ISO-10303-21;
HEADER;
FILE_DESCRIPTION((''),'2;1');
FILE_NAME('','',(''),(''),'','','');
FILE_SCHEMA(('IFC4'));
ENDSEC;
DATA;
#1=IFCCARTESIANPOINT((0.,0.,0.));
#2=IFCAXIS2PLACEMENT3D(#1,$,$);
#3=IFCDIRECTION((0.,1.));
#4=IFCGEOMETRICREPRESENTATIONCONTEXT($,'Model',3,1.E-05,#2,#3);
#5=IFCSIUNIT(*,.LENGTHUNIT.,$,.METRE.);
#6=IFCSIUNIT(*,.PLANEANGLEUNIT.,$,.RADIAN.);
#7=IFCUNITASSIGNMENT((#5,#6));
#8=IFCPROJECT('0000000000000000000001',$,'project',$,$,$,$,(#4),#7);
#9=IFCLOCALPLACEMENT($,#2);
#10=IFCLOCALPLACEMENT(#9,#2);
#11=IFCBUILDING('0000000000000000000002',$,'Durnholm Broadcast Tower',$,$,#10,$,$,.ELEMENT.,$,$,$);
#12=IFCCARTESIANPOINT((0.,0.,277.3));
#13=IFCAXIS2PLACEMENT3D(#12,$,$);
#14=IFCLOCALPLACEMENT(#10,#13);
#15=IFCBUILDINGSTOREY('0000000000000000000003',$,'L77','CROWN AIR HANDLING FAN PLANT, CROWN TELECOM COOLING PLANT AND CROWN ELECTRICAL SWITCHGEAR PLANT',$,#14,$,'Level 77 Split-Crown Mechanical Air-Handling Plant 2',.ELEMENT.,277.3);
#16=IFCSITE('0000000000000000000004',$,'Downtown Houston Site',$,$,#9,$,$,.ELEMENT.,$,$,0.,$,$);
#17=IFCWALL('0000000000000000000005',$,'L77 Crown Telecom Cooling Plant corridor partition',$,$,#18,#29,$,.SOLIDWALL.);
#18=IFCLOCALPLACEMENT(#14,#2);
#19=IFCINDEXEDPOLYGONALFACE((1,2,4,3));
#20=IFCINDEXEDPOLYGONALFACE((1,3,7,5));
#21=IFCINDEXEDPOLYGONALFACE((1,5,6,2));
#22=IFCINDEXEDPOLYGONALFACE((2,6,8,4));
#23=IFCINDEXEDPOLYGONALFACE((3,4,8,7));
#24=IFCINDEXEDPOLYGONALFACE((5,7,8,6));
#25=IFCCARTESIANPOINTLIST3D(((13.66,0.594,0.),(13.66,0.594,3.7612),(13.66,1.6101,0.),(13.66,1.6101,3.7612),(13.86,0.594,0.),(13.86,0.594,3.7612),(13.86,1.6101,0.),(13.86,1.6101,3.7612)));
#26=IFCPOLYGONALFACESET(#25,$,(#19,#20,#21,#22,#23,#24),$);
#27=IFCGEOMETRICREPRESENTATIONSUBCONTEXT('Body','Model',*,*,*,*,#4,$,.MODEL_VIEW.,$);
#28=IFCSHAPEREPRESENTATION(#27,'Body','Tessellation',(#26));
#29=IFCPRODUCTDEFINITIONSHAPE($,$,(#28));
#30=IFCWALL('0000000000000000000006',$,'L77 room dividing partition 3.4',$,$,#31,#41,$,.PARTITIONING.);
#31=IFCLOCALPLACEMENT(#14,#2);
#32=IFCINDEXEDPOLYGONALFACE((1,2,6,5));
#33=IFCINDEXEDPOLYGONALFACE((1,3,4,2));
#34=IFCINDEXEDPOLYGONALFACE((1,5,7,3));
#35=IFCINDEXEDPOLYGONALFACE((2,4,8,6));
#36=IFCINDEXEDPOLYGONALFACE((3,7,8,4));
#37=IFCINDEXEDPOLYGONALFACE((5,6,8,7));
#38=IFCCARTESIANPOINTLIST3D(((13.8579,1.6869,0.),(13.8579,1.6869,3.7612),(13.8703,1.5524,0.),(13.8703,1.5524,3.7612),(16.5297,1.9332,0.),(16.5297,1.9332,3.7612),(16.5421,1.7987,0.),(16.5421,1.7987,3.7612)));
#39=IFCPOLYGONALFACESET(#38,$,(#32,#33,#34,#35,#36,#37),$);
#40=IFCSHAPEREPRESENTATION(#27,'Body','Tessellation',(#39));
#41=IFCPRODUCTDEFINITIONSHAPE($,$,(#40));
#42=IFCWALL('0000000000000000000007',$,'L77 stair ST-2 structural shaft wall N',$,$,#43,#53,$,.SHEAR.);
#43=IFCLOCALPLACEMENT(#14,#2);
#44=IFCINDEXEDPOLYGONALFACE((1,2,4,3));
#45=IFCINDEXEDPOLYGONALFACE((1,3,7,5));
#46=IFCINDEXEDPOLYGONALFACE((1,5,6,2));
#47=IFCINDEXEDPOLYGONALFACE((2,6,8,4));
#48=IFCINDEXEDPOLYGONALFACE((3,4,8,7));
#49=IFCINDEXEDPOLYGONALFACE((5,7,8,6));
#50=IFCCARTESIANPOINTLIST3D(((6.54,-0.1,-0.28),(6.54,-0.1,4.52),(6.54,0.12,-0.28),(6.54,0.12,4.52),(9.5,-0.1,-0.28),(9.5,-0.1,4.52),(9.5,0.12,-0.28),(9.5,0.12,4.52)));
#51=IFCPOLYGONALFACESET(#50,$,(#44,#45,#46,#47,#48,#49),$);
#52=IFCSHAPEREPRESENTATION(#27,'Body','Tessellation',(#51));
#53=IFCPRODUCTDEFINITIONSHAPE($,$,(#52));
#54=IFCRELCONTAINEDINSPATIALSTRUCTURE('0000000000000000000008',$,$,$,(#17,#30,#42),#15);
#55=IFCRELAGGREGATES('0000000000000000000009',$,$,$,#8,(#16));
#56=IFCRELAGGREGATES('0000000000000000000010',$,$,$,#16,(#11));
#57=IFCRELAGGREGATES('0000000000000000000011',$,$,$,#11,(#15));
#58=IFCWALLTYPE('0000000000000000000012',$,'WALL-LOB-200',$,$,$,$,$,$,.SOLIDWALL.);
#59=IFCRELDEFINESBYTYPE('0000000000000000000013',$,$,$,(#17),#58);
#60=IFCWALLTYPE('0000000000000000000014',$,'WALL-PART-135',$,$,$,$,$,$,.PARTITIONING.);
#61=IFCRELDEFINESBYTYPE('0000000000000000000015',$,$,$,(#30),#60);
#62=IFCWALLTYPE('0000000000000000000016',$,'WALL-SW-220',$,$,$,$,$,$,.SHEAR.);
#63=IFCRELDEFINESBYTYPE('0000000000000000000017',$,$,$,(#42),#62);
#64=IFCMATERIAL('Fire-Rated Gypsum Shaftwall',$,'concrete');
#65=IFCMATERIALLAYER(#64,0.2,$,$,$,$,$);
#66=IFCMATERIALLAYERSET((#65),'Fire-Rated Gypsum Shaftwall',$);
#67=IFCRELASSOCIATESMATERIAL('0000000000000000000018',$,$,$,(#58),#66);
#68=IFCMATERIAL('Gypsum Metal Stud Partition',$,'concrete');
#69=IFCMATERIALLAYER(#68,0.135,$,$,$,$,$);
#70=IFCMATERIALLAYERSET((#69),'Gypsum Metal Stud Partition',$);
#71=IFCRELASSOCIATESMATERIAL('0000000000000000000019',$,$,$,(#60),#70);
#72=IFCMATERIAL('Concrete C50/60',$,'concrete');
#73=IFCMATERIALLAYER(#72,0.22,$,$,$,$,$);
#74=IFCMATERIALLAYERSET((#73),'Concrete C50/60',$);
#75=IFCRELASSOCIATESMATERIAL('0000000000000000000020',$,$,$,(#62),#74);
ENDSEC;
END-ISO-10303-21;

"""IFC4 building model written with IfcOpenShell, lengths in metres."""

from ifc_helpers import new_model, si_unit, direction, frame, frame_2d, origin, place, context, subcontext, project, spatial, rectangle, extrude, material, layer, layer_set, type_object, element, save


model = new_model("IFC4")

# Units and contexts
model_context = context("Model", 3, precision=1e-05, world=origin(), true_north=direction((0.0, 1.0)))
body_context = subcontext(model_context, "Body", "Model", "MODEL_VIEW")
ifc_project = project(units=[si_unit("LENGTHUNIT", "METRE"), si_unit("PLANEANGLEUNIT", "RADIAN")], contexts=[model_context])

# Site, building, storey
site_placement = place(None, origin())
site = spatial("IfcSite", under=ifc_project, at=site_placement, Name="Downtown Houston Site", CompositionType="ELEMENT", RefElevation=0.0)
building_placement = place(site_placement, origin())
building = spatial("IfcBuilding", under=site, at=building_placement, Name="Durnholm Broadcast Tower", CompositionType="ELEMENT")
storey_placement = place(building_placement, frame((0.0, 0.0, 277.3)))
storey = spatial("IfcBuildingStorey", under=building, at=storey_placement, Name="L77", Description="CROWN AIR HANDLING FAN PLANT, CROWN TELECOM COOLING PLANT AND CROWN ELECTRICAL SWITCHGEAR PLANT", LongName="Level 77 Split-Crown Mechanical Air-Handling Plant 2", CompositionType="ELEMENT", Elevation=277.3)

# Shared definitions
ifc_material_1 = material(Name="Fire-Rated Gypsum Shaftwall", Category="concrete")
ifc_layer_1 = layer(ifc_material_1, 0.2)
ifc_layer_set_1 = layer_set([ifc_layer_1], Name="Fire-Rated Gypsum Shaftwall")
wall_type_1 = type_object("IfcWallType", Name="WALL-LOB-200", PredefinedType="SOLIDWALL", material=ifc_layer_set_1)

# Walls
wall_1_placement = place(storey_placement, frame((13.76, 0.594, 0.0), z_axis=(0.0, 0.0, 1.0), x_axis=(0.0, 1.0, 0.0)))
element("IfcWall", 1, at=wall_1_placement, inside=storey, type_object=wall_type_1, Name="L77 Crown Telecom Cooling Plant corridor partition", PredefinedType="SOLIDWALL", context=body_context, shape_type="SweptSolid", body=[
    extrude(rectangle(XDim=1.0161, YDim=0.2, at=frame_2d((0.5081, 0.0))), origin(), (0.0, 0.0, 1.0), 3.7612),
])
ifc_material_2 = material(Name="Gypsum Metal Stud Partition", Category="concrete")
ifc_layer_2 = layer(ifc_material_2, 0.135)
ifc_layer_set_2 = layer_set([ifc_layer_2], Name="Gypsum Metal Stud Partition")
wall_type_2 = type_object("IfcWallType", Name="WALL-PART-135", PredefinedType="PARTITIONING", material=ifc_layer_set_2)
wall_2_placement = place(storey_placement, frame((16.5359, 1.866, 0.0), z_axis=(0.0, 0.0, 1.0), x_axis=(-0.995777, -0.091807, 0.0)))
element("IfcWall", 2, at=wall_2_placement, inside=storey, type_object=wall_type_2, Name="L77 room dividing partition 3.4", PredefinedType="PARTITIONING", context=body_context, shape_type="SweptSolid", body=[
    extrude(rectangle(XDim=2.6831, YDim=0.135, at=frame_2d((1.3416, 0.0))), origin(), (0.0, 0.0, 1.0), 3.7612),
])
ifc_material_3 = material(Name="Concrete C50/60", Category="concrete")
ifc_layer_3 = layer(ifc_material_3, 0.22)
ifc_layer_set_3 = layer_set([ifc_layer_3], Name="Concrete C50/60")
wall_type_3 = type_object("IfcWallType", Name="WALL-SW-220", PredefinedType="SHEAR", material=ifc_layer_set_3)
wall_3_placement = place(storey_placement, frame((9.5, 0.01, -0.28), z_axis=(0.0, 0.0, 1.0), x_axis=(-1.0, 0.0, 0.0)))
element("IfcWall", 3, at=wall_3_placement, inside=storey, type_object=wall_type_3, Name="L77 stair ST-2 structural shaft wall N", PredefinedType="SHEAR", context=body_context, shape_type="SweptSolid", body=[
    extrude(rectangle(XDim=2.96, YDim=0.22, at=frame_2d((1.48, 0.0))), origin(), (0.0, 0.0, 1.0), 4.8),
])

save(model, "model.ifc")
